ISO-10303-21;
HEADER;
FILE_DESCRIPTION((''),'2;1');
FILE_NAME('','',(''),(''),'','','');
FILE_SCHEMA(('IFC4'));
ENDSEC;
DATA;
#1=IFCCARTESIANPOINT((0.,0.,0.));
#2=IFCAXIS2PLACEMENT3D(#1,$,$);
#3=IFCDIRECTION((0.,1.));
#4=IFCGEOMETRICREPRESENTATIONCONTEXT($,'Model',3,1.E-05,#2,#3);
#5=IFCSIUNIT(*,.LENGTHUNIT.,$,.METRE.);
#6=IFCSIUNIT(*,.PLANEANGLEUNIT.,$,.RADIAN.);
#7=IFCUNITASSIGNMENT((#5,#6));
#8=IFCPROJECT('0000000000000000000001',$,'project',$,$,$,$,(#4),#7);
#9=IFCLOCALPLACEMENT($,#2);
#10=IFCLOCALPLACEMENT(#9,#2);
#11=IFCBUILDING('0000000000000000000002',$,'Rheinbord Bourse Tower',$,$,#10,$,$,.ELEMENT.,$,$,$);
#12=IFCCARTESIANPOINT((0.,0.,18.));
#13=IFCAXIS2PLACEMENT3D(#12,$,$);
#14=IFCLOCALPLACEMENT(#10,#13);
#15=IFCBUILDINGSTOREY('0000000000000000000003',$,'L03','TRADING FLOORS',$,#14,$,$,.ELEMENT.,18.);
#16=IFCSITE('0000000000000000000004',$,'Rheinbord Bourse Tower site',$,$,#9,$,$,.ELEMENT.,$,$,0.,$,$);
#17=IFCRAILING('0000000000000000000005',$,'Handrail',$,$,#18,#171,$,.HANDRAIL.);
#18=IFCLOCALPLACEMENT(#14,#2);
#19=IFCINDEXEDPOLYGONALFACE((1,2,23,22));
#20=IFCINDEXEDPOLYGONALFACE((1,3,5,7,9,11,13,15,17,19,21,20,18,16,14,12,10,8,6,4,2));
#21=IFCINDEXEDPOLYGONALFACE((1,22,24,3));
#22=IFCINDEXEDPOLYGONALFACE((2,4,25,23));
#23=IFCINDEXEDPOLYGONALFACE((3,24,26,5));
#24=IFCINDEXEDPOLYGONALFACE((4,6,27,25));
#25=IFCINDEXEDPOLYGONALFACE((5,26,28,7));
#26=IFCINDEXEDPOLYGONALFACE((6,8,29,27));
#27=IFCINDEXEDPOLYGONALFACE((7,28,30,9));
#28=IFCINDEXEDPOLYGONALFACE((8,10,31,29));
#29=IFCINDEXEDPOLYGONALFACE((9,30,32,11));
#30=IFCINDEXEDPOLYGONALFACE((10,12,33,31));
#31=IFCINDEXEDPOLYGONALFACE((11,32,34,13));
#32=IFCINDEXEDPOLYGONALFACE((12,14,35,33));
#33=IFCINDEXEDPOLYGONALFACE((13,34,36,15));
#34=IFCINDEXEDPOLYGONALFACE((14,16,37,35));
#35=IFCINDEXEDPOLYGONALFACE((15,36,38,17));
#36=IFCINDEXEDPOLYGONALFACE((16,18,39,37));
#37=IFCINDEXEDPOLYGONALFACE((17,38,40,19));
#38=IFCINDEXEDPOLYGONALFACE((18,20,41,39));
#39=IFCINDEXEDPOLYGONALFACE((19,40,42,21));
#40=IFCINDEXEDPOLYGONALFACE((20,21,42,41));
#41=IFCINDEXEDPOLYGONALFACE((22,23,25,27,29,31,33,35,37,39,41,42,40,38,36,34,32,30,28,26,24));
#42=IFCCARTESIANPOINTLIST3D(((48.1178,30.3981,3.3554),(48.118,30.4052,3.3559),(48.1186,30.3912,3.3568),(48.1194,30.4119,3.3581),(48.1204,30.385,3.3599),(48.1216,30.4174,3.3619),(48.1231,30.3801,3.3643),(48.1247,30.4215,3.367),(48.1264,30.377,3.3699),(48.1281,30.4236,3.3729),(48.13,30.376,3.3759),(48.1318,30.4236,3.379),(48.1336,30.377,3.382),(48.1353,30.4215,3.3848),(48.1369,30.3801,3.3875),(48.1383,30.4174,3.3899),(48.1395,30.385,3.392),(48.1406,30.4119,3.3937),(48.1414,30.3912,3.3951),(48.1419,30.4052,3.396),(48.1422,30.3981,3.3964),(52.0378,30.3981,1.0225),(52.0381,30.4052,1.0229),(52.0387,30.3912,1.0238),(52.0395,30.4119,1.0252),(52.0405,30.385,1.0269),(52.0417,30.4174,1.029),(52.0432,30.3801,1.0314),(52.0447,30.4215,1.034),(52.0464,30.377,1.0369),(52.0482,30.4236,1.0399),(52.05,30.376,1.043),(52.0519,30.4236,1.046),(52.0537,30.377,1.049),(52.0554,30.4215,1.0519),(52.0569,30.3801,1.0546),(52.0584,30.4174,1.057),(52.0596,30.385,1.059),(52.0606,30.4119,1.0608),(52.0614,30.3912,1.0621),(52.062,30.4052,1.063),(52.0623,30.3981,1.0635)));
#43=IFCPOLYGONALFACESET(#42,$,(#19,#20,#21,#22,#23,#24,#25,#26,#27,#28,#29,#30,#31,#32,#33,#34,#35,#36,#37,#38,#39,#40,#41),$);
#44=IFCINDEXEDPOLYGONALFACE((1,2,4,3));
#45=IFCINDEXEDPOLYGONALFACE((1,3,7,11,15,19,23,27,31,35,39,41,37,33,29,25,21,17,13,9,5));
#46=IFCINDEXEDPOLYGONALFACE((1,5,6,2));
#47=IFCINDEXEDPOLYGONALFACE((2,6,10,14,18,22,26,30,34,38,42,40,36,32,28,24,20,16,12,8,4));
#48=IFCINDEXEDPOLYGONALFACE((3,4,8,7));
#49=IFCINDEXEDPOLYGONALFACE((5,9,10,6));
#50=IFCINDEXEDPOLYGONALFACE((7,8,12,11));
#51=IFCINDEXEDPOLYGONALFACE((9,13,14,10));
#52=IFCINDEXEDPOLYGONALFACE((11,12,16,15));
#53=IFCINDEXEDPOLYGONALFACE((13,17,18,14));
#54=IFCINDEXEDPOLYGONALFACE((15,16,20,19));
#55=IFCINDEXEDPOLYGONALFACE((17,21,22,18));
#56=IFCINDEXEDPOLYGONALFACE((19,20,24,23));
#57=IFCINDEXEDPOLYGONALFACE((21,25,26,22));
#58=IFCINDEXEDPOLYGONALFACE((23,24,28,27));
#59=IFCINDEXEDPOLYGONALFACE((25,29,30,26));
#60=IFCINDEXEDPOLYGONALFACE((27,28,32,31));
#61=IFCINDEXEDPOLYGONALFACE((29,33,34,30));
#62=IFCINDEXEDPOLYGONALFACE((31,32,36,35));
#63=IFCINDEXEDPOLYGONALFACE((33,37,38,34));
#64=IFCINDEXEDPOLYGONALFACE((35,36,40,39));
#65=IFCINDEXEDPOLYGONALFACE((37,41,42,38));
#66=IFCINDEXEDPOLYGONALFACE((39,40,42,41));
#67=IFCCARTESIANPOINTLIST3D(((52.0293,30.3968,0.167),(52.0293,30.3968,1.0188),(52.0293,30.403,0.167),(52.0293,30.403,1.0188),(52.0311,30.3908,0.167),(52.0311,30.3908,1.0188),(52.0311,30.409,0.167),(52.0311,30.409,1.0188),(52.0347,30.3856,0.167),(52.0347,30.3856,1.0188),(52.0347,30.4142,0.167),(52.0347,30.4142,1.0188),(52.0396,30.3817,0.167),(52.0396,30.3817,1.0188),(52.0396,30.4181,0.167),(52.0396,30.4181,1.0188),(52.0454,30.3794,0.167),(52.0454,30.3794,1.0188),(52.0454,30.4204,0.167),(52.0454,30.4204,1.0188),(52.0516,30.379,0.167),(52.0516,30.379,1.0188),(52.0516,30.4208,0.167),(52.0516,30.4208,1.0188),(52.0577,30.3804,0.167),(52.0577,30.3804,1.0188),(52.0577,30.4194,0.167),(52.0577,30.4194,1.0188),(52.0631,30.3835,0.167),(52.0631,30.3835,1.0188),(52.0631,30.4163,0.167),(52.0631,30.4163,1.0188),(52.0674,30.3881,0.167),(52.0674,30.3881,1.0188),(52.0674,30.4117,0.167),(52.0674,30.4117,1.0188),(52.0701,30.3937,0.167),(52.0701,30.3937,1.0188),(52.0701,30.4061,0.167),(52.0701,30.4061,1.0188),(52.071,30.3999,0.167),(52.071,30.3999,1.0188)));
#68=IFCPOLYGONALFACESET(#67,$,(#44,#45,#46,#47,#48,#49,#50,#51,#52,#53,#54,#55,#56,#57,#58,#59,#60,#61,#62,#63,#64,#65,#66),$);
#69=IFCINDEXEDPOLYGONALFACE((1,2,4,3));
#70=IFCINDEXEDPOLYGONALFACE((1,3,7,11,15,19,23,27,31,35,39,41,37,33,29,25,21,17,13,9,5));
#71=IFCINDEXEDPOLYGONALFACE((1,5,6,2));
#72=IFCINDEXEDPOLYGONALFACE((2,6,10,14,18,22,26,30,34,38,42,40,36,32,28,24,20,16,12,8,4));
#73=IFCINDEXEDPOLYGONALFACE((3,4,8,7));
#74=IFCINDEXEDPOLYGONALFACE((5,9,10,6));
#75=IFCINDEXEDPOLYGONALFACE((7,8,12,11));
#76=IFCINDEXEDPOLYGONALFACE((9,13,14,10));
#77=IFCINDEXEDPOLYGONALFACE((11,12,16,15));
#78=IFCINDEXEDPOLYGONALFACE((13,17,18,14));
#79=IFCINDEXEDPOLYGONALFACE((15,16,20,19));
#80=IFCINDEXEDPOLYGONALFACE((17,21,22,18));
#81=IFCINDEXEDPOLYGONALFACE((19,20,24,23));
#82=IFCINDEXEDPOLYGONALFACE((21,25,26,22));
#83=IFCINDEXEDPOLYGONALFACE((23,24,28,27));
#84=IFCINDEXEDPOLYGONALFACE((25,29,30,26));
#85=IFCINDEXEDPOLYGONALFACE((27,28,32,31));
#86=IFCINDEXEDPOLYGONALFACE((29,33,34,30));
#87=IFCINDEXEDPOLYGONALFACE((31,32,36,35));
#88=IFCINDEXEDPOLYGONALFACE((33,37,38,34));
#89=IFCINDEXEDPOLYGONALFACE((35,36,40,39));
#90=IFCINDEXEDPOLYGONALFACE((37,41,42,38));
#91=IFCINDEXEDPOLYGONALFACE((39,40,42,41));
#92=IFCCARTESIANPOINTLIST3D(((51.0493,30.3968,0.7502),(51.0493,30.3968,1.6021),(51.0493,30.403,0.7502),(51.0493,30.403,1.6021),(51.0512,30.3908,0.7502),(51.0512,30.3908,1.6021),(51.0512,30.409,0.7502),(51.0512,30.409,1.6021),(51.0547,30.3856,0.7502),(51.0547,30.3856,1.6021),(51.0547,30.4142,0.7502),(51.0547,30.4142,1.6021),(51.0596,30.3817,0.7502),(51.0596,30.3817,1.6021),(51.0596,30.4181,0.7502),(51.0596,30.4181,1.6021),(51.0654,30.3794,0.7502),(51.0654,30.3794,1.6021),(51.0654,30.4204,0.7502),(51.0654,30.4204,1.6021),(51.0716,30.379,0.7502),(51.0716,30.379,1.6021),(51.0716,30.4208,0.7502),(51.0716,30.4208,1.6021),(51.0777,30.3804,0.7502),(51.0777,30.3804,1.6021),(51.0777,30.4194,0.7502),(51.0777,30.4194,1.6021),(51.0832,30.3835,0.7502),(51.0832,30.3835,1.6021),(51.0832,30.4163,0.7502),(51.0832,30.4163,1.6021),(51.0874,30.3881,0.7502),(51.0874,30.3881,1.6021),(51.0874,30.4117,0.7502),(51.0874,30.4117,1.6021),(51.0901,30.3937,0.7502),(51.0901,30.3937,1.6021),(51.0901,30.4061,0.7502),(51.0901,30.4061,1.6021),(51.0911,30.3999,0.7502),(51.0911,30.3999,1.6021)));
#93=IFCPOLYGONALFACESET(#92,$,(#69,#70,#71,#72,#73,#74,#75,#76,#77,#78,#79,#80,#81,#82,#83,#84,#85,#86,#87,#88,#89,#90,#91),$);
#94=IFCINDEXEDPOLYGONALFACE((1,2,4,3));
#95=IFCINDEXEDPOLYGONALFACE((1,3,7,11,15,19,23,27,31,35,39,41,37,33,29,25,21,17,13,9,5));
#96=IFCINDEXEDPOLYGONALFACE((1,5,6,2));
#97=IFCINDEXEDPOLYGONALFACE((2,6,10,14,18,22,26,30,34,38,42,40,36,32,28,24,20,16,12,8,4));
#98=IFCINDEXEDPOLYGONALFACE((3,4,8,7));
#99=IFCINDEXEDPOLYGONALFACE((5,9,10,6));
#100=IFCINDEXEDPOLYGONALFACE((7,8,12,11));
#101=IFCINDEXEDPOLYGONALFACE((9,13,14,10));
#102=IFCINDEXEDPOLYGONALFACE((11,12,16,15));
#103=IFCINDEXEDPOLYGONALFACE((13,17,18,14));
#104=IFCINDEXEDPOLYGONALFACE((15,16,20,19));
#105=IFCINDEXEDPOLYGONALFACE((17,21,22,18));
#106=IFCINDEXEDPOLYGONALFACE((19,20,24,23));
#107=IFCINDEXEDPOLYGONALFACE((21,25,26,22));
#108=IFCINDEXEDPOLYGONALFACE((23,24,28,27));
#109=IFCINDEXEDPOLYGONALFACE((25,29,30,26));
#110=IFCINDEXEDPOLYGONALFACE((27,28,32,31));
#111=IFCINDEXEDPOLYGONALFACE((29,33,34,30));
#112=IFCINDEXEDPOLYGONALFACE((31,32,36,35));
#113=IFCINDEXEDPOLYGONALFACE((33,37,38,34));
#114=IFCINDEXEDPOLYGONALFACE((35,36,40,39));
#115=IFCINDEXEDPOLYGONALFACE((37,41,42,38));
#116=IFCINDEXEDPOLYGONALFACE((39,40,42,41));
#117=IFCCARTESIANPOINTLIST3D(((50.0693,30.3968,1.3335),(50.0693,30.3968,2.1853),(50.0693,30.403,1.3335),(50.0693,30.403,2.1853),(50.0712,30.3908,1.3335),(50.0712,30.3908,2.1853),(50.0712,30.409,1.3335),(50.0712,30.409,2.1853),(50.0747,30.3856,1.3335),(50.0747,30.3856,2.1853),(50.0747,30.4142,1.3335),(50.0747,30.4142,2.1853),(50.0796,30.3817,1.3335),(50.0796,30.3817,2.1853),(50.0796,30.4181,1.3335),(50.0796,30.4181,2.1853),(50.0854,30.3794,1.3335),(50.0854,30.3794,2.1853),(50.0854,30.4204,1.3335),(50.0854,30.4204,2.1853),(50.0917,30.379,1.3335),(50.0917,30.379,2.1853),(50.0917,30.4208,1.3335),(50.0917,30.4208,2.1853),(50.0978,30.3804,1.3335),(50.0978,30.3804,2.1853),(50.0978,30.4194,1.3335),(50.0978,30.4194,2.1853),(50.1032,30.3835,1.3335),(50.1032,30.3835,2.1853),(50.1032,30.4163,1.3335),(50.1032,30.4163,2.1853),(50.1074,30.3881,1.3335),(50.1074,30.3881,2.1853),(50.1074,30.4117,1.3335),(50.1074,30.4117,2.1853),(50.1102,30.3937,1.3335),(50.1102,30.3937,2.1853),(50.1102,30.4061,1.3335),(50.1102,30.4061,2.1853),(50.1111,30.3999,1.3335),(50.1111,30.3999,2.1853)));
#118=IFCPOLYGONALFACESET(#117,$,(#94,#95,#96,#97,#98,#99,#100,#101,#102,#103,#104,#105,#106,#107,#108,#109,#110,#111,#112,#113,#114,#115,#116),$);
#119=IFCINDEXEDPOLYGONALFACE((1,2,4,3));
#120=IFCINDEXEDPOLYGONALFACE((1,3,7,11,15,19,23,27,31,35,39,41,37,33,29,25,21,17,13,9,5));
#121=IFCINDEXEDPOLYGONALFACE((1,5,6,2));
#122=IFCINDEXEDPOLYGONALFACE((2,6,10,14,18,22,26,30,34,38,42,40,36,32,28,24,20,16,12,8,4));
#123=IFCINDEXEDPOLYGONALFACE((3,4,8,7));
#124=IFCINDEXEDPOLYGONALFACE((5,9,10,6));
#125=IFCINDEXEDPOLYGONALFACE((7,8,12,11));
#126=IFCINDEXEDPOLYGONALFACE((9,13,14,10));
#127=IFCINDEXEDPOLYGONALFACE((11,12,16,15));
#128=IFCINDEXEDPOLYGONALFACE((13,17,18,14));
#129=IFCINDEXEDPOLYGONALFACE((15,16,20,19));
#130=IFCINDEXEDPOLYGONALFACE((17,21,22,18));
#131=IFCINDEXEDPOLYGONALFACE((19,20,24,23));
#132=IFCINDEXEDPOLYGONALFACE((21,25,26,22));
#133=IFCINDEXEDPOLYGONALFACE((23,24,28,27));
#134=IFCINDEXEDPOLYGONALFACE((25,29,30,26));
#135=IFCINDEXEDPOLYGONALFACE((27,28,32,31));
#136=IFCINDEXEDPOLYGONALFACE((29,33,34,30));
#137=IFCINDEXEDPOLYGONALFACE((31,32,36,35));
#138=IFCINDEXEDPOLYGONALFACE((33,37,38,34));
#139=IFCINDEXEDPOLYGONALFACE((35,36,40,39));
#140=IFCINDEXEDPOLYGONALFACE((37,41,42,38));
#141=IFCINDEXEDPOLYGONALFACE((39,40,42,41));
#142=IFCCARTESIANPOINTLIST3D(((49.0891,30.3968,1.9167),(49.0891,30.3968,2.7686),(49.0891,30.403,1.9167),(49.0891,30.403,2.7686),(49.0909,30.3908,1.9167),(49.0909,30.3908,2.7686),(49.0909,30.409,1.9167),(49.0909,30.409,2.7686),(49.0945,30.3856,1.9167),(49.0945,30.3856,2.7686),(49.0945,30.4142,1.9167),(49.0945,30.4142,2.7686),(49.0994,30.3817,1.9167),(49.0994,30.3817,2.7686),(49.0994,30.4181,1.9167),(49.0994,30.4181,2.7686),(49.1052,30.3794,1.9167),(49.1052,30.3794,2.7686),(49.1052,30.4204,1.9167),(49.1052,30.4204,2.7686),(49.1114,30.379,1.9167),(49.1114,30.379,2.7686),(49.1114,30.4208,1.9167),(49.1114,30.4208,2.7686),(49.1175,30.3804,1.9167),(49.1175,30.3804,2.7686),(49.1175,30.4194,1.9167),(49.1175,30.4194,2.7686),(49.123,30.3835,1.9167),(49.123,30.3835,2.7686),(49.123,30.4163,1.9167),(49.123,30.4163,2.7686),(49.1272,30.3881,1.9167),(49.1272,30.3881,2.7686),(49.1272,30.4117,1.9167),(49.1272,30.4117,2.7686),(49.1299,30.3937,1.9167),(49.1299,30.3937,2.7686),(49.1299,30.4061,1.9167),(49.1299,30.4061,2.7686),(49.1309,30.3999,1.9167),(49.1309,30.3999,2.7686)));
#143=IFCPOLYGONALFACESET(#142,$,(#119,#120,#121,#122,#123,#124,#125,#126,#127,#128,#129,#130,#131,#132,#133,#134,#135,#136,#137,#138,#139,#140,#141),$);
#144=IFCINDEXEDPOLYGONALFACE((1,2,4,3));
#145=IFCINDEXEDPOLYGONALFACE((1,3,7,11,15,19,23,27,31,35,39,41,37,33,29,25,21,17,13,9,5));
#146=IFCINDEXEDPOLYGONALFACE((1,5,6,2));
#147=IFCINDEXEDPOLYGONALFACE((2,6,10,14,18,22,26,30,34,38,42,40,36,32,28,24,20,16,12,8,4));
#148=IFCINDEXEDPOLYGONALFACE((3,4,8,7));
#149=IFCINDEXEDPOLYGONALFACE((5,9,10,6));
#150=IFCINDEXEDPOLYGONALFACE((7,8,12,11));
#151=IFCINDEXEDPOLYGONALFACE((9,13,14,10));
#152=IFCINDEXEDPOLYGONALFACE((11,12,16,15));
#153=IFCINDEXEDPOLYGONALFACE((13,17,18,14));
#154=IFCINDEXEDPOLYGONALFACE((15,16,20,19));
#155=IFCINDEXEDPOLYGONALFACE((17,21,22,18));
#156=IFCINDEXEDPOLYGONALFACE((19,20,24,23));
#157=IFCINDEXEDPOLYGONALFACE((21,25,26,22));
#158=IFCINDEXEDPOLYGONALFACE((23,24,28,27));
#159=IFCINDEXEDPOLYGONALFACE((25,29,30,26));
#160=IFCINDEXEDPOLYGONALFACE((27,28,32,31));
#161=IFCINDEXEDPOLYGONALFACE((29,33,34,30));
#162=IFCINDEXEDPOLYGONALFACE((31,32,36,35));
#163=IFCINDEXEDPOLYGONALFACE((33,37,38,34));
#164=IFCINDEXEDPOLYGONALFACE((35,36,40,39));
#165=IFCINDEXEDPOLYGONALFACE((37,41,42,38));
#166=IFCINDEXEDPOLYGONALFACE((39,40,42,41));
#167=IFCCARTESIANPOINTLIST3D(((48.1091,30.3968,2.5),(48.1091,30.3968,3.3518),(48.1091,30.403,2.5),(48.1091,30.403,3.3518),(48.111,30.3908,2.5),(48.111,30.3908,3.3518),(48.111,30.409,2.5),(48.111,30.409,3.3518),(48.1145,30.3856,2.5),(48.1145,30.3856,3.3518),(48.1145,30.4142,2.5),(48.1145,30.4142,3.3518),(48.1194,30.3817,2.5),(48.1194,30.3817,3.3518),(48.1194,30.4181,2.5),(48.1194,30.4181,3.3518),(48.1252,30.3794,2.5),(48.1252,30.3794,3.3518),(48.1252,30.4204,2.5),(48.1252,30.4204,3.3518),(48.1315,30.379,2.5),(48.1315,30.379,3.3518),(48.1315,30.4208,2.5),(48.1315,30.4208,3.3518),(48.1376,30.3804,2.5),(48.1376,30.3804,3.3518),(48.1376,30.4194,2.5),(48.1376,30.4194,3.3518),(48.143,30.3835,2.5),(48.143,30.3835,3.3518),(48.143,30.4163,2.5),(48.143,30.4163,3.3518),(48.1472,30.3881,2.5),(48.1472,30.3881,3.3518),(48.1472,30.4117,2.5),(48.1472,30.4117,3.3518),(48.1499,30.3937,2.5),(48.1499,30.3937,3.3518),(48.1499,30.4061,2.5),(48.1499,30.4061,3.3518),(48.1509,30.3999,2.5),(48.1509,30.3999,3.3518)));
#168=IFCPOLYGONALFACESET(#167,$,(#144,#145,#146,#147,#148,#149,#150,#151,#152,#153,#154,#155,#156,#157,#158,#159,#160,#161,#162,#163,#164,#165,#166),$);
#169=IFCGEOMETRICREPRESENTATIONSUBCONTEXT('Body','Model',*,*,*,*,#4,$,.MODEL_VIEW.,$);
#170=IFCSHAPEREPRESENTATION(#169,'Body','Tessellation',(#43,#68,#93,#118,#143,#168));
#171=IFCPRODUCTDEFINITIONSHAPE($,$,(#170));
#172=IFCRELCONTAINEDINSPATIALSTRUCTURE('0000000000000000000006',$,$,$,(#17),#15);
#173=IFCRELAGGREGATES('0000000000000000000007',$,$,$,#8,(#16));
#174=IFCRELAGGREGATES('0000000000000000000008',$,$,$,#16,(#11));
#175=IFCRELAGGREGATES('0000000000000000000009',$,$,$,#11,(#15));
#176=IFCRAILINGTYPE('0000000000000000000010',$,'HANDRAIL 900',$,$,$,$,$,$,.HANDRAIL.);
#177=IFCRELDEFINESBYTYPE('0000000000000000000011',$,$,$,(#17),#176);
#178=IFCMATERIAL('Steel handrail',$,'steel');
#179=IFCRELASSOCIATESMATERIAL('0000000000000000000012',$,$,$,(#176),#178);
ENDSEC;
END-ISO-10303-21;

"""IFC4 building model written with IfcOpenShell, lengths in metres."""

from ifc_helpers import new_model, si_unit, direction, frame, origin, origin_2d, place, context, subcontext, project, spatial, circle, extrude, material, type_object, element, save


model = new_model("IFC4")

# Units and contexts
model_context = context("Model", 3, precision=1e-05, world=origin(), true_north=direction((0.0, 1.0)))
body_context = subcontext(model_context, "Body", "Model", "MODEL_VIEW")
ifc_project = project(units=[si_unit("LENGTHUNIT", "METRE"), si_unit("PLANEANGLEUNIT", "RADIAN")], contexts=[model_context])

# Site, building, storey
site_placement = place(None, origin())
site = spatial("IfcSite", under=ifc_project, at=site_placement, Name="Rheinbord Bourse Tower site", CompositionType="ELEMENT", RefElevation=0.0)
building_placement = place(site_placement, origin())
building = spatial("IfcBuilding", under=site, at=building_placement, Name="Rheinbord Bourse Tower", CompositionType="ELEMENT")
storey_placement = place(building_placement, frame((0.0, 0.0, 18.0)))
storey = spatial("IfcBuildingStorey", under=building, at=storey_placement, Name="L03", Description="TRADING FLOORS", CompositionType="ELEMENT", Elevation=18.0)

# Railing
ifc_material_1 = material(Name="Steel handrail", Category="steel")
railing_type = type_object("IfcRailingType", Name="HANDRAIL 900", PredefinedType="HANDRAIL", material=ifc_material_1)
railing_1_placement = place(storey_placement, frame((52.05, 30.3999, 0.167)))
element("IfcRailing", 1, at=railing_1_placement, inside=storey, type_object=railing_type, Name="Handrail", PredefinedType="HANDRAIL", context=body_context, shape_type="SweptSolid", body=[
    extrude(circle(Radius=0.0239, at=origin_2d()), frame((0.0, 0.0, 0.876), z_axis=(-0.859334, 0.0, 0.511415), x_axis=(0.0, -1.0, 0.0)), (0.0, 0.0, 1.0), 4.5618),
    extrude(circle(Radius=0.021, at=origin_2d()), origin(), (0.0, 0.0, 1.0), 0.8518),
    extrude(circle(Radius=0.021, at=origin_2d()), frame((-0.98, 0.0, 0.5833)), (0.0, 0.0, 1.0), 0.8518),
    extrude(circle(Radius=0.021, at=origin_2d()), frame((-1.96, 0.0, 1.1665)), (0.0, 0.0, 1.0), 0.8518),
    extrude(circle(Radius=0.021, at=origin_2d()), frame((-2.9402, 0.0, 1.7498)), (0.0, 0.0, 1.0), 0.8518),
    extrude(circle(Radius=0.021, at=origin_2d()), frame((-3.9202, 0.0, 2.333)), (0.0, 0.0, 1.0), 0.8518),
])

save(model, "model.ifc")
